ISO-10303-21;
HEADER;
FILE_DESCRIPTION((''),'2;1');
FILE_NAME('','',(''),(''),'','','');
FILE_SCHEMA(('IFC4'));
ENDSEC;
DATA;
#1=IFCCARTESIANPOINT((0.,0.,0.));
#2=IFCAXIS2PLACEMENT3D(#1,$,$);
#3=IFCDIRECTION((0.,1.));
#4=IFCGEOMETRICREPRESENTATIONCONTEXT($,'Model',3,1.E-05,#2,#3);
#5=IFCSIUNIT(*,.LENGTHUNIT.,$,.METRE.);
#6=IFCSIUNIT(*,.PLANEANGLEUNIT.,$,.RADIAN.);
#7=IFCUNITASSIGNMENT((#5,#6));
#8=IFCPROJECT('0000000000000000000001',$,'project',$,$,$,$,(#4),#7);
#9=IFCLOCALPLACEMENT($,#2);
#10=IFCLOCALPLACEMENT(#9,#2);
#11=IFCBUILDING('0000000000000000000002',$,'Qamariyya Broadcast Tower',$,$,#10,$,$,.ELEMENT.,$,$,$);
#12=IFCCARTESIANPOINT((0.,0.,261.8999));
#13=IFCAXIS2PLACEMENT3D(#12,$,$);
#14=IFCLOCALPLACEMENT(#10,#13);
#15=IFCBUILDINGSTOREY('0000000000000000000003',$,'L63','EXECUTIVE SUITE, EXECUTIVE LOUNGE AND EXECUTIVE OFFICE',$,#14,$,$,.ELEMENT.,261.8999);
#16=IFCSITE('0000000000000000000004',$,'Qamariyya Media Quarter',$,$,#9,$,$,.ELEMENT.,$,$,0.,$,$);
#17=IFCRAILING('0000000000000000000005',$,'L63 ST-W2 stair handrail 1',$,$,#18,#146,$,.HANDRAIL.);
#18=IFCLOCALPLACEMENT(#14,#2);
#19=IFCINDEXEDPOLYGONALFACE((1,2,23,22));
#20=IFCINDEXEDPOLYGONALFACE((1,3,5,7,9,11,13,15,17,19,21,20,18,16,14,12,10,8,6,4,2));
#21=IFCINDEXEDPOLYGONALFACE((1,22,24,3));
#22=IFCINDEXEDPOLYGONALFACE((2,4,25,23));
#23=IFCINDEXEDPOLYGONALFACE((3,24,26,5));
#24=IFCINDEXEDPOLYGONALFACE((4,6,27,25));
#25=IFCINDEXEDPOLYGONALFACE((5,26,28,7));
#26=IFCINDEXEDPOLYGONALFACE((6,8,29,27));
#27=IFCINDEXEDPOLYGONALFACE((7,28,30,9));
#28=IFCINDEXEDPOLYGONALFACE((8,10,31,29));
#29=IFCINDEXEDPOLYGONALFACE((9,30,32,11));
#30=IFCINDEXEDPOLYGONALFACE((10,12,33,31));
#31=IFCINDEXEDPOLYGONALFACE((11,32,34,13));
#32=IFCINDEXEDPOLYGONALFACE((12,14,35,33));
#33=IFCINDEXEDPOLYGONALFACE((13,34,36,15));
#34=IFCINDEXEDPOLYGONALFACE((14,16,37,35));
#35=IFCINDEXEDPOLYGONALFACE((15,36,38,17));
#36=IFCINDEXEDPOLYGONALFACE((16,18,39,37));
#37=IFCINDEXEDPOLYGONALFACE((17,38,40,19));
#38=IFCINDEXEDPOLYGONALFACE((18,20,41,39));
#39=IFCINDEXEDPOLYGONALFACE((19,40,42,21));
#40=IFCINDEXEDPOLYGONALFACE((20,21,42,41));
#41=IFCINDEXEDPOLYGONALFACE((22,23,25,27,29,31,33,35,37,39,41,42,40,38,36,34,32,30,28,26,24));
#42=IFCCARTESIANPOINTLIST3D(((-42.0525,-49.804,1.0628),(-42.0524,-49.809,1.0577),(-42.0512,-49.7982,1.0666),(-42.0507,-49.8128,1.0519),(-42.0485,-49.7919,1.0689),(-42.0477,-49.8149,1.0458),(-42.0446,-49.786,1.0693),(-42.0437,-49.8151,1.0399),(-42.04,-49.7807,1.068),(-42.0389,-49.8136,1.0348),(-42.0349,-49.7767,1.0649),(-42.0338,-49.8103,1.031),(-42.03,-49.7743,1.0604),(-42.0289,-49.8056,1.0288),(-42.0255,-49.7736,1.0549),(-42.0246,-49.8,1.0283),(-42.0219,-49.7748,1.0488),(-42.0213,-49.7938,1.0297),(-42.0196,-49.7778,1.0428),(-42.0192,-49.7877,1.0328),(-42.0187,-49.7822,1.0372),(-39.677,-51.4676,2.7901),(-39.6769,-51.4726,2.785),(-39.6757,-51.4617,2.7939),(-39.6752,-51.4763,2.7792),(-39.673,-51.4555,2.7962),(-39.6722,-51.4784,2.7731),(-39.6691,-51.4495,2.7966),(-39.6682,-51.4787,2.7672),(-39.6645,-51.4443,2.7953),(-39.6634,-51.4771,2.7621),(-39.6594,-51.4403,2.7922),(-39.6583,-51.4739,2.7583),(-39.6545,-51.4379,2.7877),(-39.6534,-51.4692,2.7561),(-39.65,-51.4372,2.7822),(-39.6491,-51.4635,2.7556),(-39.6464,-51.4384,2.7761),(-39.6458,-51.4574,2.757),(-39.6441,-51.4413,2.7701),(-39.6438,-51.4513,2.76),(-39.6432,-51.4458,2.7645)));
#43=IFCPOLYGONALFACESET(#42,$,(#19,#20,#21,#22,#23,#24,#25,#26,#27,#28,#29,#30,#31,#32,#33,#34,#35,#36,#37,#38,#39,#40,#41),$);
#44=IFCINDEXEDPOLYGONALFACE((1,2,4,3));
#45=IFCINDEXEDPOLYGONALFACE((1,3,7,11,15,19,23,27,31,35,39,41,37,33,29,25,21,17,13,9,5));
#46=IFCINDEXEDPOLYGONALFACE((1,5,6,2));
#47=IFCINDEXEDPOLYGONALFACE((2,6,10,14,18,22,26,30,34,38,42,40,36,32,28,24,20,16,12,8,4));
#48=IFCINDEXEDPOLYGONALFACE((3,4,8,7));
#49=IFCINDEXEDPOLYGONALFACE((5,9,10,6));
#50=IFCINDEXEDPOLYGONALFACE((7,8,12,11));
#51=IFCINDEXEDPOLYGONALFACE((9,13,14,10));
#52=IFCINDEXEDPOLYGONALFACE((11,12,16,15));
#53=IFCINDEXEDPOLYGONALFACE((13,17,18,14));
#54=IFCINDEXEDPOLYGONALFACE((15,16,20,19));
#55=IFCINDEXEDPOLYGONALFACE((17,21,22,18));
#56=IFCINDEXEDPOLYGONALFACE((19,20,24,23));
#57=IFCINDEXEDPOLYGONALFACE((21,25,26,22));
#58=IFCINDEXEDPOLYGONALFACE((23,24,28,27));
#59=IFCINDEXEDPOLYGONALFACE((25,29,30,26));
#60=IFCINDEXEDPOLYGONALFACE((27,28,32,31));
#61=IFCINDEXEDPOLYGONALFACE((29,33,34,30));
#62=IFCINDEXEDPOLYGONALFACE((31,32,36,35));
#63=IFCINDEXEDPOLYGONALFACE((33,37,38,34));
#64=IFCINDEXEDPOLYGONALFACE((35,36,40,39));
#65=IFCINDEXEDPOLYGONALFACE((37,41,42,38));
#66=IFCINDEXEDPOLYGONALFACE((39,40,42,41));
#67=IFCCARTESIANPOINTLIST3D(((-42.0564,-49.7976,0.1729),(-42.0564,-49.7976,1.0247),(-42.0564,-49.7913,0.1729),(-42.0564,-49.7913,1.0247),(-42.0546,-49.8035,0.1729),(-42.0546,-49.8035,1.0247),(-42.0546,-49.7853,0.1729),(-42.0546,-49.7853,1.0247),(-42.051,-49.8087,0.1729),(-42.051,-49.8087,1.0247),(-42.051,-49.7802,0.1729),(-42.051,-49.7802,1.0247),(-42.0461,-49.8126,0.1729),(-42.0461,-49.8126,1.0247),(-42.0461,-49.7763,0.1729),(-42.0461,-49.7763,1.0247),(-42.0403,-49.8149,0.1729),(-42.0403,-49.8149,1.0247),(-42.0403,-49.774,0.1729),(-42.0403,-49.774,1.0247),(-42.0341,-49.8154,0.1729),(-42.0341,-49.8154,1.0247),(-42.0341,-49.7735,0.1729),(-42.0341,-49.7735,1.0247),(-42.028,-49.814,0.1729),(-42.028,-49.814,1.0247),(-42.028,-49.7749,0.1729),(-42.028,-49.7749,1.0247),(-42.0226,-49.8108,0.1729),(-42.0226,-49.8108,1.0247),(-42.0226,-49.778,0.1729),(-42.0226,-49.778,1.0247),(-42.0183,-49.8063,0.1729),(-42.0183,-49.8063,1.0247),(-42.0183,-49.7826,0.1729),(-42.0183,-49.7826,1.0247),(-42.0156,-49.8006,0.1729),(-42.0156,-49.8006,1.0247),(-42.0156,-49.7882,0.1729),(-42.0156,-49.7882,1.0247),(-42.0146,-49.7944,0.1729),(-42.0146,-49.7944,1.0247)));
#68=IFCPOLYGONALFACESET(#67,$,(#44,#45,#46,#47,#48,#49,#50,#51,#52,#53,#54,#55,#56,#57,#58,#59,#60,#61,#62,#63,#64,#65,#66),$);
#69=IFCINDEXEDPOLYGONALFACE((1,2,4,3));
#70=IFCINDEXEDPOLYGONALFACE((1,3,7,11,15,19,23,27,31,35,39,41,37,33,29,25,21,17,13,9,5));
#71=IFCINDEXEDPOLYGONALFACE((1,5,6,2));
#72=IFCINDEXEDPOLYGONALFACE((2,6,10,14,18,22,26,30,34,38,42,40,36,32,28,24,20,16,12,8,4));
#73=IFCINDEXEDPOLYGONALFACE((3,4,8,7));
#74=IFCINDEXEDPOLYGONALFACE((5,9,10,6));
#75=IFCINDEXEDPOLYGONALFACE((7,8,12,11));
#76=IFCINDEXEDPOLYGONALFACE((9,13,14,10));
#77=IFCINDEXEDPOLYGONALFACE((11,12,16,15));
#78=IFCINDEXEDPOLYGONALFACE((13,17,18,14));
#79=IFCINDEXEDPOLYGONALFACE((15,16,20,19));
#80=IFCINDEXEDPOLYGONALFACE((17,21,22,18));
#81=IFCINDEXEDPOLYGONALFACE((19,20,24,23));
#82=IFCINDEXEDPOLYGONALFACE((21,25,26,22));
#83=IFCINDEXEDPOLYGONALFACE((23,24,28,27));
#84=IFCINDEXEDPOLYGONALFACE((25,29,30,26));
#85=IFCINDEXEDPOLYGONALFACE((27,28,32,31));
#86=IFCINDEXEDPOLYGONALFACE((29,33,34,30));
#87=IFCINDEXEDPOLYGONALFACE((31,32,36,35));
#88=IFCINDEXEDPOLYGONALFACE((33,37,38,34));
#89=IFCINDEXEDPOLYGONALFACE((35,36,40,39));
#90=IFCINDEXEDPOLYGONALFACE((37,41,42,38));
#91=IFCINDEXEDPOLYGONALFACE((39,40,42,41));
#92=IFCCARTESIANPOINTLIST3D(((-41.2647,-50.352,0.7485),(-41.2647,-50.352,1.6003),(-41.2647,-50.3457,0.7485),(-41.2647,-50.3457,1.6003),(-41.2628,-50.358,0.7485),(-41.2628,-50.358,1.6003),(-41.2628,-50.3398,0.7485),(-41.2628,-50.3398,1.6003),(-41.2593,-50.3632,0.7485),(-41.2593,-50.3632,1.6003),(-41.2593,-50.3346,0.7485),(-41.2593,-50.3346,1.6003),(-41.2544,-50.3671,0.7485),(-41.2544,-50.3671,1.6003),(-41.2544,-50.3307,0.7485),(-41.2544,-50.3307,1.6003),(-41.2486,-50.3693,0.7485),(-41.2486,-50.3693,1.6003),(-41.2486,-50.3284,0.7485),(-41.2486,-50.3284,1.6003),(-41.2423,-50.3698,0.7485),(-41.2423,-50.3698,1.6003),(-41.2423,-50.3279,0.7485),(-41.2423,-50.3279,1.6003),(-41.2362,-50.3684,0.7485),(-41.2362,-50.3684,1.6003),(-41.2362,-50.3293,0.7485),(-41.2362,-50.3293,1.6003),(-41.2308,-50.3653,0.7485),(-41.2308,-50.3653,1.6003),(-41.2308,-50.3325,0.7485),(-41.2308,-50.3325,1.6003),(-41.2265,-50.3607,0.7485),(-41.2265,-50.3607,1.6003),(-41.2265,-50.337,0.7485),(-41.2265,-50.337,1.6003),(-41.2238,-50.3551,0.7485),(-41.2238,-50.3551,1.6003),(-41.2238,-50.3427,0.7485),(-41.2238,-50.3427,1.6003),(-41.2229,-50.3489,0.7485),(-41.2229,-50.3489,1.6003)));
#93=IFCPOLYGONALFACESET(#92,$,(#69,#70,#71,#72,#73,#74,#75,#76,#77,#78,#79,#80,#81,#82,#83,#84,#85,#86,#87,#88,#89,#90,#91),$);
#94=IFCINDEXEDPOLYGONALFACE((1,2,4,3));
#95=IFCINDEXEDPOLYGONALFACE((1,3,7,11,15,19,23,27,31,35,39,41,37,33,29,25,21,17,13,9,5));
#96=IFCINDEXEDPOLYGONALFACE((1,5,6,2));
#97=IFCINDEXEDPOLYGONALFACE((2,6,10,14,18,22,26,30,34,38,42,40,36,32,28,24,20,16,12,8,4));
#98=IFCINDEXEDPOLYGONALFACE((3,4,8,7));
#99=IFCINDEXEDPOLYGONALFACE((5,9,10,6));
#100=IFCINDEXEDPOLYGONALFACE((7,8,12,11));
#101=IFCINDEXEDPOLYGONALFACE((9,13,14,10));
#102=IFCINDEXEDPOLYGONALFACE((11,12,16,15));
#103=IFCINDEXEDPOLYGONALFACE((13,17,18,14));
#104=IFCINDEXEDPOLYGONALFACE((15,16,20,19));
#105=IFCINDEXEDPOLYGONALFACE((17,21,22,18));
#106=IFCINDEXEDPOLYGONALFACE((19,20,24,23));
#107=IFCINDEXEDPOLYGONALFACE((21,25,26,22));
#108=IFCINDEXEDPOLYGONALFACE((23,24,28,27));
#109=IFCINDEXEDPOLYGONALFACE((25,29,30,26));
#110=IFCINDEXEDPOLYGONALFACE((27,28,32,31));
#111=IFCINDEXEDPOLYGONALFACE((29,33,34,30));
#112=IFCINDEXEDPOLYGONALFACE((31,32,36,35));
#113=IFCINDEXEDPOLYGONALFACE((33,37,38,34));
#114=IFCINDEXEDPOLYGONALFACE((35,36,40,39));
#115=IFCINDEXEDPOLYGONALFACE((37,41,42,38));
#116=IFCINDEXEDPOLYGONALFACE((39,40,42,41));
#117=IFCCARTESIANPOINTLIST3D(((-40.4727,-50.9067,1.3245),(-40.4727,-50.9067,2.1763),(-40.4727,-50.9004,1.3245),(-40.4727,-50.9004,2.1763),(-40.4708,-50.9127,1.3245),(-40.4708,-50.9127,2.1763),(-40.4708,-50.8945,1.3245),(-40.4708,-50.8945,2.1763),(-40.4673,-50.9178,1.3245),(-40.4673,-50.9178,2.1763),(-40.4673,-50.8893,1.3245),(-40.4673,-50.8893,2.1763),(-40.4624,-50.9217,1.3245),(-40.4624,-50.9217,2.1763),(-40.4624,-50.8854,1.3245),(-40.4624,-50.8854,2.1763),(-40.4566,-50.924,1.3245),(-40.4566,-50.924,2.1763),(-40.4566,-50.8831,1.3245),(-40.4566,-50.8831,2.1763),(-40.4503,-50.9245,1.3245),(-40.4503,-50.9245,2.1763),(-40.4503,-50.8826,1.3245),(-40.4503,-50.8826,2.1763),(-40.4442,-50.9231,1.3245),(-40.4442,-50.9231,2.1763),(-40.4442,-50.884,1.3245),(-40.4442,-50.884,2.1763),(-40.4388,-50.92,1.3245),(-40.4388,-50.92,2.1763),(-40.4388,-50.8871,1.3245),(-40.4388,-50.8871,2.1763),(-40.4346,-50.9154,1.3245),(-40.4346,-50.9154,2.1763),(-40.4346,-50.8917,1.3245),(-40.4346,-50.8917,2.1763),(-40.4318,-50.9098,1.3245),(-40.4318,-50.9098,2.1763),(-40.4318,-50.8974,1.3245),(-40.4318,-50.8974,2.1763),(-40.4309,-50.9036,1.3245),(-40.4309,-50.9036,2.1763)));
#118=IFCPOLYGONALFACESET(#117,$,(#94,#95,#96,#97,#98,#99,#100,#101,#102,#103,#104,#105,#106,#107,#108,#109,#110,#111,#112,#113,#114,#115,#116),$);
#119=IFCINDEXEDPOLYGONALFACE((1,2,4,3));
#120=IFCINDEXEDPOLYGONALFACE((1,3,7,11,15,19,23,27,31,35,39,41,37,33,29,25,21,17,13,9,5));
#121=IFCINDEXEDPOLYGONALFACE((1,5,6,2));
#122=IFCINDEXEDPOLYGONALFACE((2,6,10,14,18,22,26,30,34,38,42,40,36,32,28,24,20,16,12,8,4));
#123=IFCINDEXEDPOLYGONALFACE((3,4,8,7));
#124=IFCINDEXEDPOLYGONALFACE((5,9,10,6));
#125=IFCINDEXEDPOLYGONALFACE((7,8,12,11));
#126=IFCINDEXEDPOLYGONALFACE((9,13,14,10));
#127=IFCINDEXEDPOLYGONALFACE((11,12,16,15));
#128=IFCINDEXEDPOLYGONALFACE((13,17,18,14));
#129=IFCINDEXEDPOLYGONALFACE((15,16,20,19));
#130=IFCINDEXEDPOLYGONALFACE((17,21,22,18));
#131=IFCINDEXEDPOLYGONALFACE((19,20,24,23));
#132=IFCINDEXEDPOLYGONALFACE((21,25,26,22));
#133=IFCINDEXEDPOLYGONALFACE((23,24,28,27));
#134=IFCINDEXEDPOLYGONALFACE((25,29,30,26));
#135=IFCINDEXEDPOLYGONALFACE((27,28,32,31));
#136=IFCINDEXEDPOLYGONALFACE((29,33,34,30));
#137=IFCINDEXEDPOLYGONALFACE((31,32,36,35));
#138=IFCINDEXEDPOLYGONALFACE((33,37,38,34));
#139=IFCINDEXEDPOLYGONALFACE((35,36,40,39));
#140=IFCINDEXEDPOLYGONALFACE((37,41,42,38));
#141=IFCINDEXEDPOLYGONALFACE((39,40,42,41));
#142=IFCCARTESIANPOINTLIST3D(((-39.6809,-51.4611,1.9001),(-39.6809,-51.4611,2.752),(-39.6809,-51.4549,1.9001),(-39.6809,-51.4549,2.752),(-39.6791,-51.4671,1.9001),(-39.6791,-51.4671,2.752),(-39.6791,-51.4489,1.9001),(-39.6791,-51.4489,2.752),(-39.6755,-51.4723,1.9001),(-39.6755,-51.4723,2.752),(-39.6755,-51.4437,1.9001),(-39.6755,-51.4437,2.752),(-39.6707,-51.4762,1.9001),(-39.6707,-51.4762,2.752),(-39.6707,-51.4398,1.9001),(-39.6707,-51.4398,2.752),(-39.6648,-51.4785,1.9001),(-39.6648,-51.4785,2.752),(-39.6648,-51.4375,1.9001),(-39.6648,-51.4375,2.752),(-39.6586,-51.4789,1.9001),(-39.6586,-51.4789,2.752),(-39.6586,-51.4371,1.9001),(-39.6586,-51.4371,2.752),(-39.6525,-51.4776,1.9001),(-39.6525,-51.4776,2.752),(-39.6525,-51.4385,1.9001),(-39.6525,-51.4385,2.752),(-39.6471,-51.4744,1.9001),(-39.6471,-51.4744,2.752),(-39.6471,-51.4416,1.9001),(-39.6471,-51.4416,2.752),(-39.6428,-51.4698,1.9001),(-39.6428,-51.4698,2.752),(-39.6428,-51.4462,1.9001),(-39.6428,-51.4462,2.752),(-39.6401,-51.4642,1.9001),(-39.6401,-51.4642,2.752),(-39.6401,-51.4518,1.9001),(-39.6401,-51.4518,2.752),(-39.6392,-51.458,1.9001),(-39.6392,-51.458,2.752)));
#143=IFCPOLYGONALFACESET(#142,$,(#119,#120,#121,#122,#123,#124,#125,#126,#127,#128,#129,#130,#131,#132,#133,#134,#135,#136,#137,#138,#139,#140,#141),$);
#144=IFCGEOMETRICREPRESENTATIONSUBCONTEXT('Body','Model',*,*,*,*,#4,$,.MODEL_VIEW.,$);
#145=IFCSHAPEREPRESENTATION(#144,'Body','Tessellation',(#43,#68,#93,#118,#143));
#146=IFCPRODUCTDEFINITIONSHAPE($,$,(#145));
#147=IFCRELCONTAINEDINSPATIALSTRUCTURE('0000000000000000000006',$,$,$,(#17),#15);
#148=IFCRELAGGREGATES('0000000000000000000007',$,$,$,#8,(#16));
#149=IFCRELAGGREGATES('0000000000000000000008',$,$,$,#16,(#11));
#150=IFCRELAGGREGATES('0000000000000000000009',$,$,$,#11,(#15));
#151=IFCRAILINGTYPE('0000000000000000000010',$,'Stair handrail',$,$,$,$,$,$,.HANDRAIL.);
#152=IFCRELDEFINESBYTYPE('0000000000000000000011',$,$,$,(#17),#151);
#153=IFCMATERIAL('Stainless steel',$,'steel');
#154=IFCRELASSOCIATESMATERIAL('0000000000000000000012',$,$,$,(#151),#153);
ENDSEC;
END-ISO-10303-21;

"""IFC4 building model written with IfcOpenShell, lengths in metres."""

from ifc_helpers import new_model, si_unit, direction, frame, origin, origin_2d, place, context, subcontext, project, spatial, circle, extrude, material, type_object, element, save


model = new_model("IFC4")

# Units and contexts
model_context = context("Model", 3, precision=1e-05, world=origin(), true_north=direction((0.0, 1.0)))
body_context = subcontext(model_context, "Body", "Model", "MODEL_VIEW")
ifc_project = project(units=[si_unit("LENGTHUNIT", "METRE"), si_unit("PLANEANGLEUNIT", "RADIAN")], contexts=[model_context])

# Site, building, storey
site_placement = place(None, origin())
site = spatial("IfcSite", under=ifc_project, at=site_placement, Name="Qamariyya Media Quarter", CompositionType="ELEMENT", RefElevation=0.0)
building_placement = place(site_placement, origin())
building = spatial("IfcBuilding", under=site, at=building_placement, Name="Qamariyya Broadcast Tower", CompositionType="ELEMENT")
storey_placement = place(building_placement, frame((0.0, 0.0, 261.8999)))
storey = spatial("IfcBuildingStorey", under=building, at=storey_placement, Name="L63", Description="EXECUTIVE SUITE, EXECUTIVE LOUNGE AND EXECUTIVE OFFICE", CompositionType="ELEMENT", Elevation=261.8999)

# Railing
ifc_material_1 = material(Name="Stainless steel", Category="steel")
railing_type_1 = type_object("IfcRailingType", Name="Stair handrail", PredefinedType="HANDRAIL", material=ifc_material_1)
railing_1_placement = place(storey_placement, frame((-42.0356, -49.7944, 0.1729)))
element("IfcRailing", 1, at=railing_1_placement, inside=storey, type_object=railing_type_1, Name="L63 ST-W2 stair handrail 1", PredefinedType="HANDRAIL", context=body_context, shape_type="SweptSolid", body=[
    extrude(circle(Radius=0.0239, at=origin_2d()), frame((0.0, 0.0, 0.876), z_axis=(0.703745, -0.492838, 0.511716), x_axis=(0.573632, 0.819113, 0.0)), (0.0, 0.0, 1.0), 3.3755),
    extrude(circle(Radius=0.021, at=origin_2d()), origin(), (0.0, 0.0, 1.0), 0.8518),
    extrude(circle(Radius=0.021, at=origin_2d()), frame((0.7917, -0.5544, 0.5757)), (0.0, 0.0, 1.0), 0.8518),
    extrude(circle(Radius=0.021, at=origin_2d()), frame((1.5837, -1.1091, 1.1516)), (0.0, 0.0, 1.0), 0.8518),
    extrude(circle(Radius=0.021, at=origin_2d()), frame((2.3755, -1.6636, 1.7273)), (0.0, 0.0, 1.0), 0.8518),
])

save(model, "model.ifc")
